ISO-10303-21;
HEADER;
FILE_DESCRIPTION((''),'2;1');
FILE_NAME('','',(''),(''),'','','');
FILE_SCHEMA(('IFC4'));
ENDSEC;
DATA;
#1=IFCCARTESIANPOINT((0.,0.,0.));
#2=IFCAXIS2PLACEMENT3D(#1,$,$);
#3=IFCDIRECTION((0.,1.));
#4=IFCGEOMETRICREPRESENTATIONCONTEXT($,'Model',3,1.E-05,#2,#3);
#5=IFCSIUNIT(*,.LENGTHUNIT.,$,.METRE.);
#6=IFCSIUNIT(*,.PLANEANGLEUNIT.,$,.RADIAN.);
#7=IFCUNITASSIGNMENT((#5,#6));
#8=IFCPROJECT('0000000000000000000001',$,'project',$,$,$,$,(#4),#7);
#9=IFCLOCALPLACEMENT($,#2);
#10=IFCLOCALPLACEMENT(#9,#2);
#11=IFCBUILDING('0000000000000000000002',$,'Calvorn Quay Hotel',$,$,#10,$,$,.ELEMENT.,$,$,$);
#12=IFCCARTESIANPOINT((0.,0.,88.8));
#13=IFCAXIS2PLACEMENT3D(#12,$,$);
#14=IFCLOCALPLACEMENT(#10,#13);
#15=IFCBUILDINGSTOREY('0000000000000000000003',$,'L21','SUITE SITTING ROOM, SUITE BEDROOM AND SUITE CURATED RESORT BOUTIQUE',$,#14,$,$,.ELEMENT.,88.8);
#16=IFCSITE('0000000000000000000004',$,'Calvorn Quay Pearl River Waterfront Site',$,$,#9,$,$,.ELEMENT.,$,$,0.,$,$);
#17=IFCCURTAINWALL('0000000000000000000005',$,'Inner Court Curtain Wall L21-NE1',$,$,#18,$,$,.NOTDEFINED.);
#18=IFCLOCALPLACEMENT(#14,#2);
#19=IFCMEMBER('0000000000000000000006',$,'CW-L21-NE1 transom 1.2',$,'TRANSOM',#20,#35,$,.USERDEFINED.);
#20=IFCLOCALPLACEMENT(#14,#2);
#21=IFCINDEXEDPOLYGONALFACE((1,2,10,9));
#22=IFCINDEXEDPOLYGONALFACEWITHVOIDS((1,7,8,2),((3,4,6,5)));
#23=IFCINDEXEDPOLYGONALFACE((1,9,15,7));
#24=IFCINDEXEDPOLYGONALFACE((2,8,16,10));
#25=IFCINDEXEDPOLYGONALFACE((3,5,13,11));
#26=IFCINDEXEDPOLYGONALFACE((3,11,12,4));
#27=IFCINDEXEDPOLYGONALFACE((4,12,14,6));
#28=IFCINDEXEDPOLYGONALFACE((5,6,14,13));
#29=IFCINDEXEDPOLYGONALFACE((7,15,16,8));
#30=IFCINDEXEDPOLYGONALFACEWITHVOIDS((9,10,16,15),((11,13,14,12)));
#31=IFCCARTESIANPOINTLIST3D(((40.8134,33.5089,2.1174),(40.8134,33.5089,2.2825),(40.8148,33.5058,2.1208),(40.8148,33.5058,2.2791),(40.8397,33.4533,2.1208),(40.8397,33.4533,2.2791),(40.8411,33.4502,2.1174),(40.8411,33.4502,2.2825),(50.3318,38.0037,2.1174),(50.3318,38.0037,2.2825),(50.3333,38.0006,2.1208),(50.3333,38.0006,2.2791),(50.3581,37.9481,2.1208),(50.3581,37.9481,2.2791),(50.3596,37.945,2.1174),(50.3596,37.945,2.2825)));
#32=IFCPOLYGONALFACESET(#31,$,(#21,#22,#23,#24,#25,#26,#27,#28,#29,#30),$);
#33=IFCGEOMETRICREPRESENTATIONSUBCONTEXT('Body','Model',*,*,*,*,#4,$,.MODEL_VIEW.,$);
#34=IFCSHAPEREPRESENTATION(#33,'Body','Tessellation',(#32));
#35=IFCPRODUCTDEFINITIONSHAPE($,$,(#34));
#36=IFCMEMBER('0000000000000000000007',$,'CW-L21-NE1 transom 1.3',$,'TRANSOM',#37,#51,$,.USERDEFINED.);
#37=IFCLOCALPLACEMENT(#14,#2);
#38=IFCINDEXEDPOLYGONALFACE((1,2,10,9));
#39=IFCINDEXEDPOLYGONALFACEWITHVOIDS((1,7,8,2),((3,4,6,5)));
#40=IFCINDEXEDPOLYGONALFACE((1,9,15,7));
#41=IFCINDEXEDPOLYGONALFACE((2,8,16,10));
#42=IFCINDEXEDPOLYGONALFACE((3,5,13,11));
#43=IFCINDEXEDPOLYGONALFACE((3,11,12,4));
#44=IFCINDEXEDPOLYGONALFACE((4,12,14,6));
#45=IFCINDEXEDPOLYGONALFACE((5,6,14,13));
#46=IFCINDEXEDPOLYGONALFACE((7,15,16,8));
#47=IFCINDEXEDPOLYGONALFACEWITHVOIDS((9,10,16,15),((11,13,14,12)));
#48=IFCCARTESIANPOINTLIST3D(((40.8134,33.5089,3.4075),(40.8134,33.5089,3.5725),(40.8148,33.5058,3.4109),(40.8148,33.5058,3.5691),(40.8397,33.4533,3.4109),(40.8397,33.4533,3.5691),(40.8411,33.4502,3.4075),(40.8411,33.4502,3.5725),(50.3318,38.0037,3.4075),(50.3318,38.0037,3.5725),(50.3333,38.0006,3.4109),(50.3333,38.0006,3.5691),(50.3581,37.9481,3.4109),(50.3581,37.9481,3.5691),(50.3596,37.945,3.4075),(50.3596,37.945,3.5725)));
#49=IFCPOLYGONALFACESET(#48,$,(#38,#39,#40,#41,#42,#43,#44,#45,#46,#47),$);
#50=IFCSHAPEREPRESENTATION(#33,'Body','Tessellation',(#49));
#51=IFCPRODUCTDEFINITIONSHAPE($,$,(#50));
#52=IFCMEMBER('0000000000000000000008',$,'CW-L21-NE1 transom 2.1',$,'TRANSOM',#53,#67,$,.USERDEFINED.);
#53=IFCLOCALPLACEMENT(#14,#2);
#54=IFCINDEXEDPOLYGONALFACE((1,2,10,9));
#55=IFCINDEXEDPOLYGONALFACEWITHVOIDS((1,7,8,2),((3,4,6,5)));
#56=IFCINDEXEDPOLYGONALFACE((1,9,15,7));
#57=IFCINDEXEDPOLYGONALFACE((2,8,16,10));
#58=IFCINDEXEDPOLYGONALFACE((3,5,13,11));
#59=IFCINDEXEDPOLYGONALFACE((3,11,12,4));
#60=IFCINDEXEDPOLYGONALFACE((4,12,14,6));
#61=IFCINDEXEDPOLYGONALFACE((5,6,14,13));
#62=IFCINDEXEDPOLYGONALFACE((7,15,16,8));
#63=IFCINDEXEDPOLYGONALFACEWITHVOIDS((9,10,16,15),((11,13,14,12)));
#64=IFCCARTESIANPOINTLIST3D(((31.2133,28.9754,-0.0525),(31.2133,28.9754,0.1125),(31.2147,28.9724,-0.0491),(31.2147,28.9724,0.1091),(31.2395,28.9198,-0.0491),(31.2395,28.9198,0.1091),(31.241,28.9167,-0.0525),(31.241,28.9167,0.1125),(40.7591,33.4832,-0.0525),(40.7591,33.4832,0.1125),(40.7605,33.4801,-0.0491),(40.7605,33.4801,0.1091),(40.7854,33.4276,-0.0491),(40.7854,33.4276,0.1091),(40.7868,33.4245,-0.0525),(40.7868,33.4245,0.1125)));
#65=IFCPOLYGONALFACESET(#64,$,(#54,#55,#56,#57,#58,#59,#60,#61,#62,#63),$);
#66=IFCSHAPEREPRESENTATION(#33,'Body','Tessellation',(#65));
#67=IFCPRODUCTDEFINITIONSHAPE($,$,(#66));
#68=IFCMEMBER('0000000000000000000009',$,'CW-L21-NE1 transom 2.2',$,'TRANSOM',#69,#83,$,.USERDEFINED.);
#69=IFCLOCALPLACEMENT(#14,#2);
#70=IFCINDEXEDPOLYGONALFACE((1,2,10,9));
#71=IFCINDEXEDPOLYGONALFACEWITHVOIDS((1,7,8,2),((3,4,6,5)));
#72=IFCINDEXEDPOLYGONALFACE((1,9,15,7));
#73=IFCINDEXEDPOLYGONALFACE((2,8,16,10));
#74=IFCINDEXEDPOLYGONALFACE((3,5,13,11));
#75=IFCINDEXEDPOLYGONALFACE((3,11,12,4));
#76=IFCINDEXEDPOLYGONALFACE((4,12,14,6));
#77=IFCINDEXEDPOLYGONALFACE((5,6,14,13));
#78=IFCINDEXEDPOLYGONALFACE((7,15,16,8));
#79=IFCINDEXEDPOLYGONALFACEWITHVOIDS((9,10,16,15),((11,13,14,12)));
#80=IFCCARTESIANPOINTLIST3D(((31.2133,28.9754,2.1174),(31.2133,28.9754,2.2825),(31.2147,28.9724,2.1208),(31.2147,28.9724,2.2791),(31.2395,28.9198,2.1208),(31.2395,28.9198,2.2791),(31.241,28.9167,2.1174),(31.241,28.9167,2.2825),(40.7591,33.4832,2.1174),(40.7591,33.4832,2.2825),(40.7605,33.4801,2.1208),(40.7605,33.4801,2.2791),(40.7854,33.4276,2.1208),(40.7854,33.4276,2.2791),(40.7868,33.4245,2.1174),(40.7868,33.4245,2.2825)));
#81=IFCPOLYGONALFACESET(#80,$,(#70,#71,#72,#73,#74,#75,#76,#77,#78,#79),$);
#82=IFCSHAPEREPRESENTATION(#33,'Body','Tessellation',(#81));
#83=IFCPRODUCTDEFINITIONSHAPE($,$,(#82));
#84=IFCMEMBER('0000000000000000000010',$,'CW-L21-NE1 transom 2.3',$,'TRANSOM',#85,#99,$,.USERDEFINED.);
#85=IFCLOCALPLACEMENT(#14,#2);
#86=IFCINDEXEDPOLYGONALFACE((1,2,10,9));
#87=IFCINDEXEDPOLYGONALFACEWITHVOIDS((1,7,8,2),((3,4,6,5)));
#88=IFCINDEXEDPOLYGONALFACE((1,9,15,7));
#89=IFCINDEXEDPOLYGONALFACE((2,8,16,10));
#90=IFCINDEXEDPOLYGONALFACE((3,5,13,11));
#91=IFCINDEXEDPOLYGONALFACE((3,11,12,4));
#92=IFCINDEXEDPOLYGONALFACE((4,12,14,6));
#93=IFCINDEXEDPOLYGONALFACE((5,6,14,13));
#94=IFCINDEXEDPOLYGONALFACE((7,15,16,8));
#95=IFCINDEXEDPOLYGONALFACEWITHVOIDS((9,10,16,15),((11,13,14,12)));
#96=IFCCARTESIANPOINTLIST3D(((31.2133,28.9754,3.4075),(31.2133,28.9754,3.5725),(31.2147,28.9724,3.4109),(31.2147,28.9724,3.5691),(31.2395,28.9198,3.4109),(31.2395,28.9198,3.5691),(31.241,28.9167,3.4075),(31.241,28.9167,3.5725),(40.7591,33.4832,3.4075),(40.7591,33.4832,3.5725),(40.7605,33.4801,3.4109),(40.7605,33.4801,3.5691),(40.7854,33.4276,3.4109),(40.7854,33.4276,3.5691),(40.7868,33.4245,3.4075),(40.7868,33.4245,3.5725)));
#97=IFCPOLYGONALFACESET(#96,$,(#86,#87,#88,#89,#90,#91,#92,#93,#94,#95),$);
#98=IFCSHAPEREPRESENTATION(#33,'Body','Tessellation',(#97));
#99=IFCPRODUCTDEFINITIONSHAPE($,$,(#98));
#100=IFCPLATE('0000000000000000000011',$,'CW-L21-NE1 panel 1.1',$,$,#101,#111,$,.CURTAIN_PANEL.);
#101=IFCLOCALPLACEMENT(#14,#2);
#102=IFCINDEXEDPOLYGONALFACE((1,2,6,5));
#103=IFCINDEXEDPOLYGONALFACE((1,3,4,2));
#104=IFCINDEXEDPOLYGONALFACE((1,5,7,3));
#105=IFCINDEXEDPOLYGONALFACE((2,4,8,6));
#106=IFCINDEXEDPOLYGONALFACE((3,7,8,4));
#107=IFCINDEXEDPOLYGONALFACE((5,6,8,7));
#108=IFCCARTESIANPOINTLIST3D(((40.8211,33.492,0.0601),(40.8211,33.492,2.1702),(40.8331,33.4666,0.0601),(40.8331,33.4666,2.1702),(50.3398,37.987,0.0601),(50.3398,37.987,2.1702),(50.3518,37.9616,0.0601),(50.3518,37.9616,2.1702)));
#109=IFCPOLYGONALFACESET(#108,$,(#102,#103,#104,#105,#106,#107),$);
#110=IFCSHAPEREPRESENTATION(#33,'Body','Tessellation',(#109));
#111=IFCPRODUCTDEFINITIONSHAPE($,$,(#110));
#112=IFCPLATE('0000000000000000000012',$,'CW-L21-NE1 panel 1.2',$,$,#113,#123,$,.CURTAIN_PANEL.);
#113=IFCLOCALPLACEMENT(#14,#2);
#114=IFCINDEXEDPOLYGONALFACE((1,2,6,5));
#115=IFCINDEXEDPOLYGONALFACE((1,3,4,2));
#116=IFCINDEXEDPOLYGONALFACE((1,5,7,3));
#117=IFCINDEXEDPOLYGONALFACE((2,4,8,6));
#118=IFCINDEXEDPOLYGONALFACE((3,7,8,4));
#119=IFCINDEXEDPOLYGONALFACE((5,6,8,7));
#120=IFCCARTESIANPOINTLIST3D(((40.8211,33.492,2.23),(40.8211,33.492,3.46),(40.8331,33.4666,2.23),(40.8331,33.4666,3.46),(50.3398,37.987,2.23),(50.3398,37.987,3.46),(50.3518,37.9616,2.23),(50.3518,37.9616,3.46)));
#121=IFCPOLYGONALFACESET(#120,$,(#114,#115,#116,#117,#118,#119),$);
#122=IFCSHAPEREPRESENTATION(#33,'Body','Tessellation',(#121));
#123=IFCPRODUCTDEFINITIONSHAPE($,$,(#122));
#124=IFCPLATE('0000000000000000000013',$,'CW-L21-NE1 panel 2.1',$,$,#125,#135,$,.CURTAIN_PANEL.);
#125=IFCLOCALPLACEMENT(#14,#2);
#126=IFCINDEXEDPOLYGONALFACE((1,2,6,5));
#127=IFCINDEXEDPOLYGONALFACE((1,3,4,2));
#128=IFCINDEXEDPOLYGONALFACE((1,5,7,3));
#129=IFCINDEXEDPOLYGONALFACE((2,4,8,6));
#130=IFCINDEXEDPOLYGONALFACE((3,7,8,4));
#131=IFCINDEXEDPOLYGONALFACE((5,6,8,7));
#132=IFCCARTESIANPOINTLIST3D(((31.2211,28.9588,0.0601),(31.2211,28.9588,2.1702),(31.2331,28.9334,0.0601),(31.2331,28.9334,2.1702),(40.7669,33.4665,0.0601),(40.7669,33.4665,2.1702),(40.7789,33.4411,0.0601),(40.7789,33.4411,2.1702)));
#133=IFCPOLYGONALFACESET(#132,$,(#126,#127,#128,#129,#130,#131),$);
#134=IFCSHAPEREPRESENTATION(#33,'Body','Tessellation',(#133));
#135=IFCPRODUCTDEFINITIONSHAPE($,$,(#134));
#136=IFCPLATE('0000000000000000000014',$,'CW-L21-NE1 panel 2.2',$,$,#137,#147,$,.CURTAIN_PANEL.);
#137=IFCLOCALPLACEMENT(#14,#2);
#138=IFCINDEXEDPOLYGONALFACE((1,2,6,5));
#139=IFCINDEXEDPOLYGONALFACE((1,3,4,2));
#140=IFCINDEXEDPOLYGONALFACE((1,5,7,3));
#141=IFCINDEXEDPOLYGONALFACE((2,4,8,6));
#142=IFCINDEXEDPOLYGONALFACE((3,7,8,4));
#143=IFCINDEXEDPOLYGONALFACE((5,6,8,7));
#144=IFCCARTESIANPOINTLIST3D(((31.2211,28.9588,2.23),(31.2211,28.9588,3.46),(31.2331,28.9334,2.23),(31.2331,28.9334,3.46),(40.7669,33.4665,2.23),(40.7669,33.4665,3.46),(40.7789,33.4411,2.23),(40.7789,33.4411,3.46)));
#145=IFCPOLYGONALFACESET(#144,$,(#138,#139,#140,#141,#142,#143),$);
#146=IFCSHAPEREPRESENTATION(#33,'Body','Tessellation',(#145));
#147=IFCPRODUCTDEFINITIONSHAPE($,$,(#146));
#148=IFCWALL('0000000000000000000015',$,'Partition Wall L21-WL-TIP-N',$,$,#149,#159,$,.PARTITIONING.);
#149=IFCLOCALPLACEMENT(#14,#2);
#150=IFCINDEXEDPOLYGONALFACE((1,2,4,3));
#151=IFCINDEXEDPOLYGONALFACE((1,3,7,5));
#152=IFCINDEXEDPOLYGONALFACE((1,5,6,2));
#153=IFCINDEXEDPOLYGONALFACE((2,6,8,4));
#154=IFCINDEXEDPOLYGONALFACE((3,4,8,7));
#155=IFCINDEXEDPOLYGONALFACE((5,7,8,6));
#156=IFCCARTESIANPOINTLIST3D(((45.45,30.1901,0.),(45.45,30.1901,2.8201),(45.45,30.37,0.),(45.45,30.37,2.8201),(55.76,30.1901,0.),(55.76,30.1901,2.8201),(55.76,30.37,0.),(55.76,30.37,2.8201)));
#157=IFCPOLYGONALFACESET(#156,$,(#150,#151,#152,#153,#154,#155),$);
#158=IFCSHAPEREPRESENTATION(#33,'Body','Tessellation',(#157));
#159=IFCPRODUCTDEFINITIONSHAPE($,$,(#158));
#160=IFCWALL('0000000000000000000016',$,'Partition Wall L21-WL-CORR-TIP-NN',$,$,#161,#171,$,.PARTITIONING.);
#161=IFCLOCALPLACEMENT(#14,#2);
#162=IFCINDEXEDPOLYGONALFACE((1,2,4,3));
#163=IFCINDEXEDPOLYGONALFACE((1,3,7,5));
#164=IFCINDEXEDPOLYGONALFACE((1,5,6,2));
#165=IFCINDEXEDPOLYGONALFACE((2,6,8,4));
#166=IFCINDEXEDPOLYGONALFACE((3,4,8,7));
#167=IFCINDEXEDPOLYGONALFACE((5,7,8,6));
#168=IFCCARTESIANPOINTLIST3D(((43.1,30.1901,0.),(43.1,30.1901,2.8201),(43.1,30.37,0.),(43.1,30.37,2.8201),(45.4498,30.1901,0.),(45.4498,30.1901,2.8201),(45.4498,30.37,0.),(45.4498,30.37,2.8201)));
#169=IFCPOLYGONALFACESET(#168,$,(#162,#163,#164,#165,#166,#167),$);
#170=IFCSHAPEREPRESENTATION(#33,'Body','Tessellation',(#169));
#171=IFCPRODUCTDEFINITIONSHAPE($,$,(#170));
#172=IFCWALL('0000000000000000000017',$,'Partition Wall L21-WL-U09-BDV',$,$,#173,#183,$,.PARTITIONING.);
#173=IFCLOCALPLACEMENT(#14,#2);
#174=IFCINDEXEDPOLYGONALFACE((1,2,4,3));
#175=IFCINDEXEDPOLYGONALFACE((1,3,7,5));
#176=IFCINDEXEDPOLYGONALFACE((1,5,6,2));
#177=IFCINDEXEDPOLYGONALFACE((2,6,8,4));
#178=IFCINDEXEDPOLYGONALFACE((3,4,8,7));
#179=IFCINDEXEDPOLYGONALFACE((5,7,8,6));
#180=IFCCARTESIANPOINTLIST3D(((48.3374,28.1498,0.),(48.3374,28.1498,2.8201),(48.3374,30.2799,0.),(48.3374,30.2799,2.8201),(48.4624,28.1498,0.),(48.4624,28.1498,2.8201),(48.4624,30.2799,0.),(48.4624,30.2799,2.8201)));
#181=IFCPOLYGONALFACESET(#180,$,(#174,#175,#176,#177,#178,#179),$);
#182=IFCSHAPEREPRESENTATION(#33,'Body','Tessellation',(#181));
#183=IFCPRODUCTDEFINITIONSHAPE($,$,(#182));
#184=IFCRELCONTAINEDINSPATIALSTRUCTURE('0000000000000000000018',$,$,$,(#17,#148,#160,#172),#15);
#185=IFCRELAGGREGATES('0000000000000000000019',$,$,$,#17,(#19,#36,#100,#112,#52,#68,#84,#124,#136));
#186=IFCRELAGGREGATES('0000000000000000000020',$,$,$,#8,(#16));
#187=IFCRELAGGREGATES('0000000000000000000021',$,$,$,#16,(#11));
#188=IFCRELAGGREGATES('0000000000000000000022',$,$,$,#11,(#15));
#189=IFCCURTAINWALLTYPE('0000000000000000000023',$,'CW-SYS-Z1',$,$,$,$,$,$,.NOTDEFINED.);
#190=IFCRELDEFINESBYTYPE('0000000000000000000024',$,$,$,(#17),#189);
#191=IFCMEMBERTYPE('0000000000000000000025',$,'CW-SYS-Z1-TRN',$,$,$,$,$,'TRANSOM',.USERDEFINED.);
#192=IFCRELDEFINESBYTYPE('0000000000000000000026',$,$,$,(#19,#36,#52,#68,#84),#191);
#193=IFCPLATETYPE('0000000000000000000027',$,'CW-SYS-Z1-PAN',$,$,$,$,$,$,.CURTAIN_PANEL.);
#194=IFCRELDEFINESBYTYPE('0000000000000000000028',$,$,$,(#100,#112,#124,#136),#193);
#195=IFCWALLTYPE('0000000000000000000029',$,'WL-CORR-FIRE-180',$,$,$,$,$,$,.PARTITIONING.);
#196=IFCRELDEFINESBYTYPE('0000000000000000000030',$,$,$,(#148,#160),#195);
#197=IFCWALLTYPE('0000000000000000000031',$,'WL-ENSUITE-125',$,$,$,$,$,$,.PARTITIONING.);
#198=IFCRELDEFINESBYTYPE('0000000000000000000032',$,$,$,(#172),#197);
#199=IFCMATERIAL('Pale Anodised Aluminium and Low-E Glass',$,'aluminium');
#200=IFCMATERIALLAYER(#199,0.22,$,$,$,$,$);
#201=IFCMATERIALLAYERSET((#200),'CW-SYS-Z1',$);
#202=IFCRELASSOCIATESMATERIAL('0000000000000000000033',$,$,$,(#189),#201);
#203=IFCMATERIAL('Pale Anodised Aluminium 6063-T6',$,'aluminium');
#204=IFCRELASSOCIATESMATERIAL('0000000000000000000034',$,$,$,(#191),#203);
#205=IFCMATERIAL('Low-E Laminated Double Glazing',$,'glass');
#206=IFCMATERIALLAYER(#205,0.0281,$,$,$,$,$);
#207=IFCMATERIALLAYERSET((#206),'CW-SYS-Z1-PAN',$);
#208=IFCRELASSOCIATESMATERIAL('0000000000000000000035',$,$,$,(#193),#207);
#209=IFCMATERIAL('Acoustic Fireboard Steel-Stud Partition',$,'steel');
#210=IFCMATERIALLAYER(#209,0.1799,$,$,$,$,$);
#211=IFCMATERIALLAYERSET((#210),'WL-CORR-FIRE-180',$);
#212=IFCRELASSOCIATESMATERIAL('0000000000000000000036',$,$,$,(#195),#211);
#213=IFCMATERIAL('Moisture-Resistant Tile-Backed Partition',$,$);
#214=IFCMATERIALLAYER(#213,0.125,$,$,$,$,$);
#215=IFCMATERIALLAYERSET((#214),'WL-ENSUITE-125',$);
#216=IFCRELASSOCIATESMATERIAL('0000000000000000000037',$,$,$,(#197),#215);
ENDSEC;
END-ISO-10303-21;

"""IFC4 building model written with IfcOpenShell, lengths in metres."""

from ifc_helpers import new_model, si_unit, direction, frame, frame_2d, origin, origin_2d, place, context, subcontext, project, spatial, rectangle, hollow_rectangle, extrude, material, layer, layer_set, material_profile, profile_set, type_object, element, aggregate, save


model = new_model("IFC4")

# Units and contexts
model_context = context("Model", 3, precision=1e-05, world=origin(), true_north=direction((0.0, 1.0)))
body_context = subcontext(model_context, "Body", "Model", "MODEL_VIEW")
ifc_project = project(units=[si_unit("LENGTHUNIT", "METRE"), si_unit("PLANEANGLEUNIT", "RADIAN")], contexts=[model_context])

# Site, building, storey
site_placement = place(None, origin())
site = spatial("IfcSite", under=ifc_project, at=site_placement, Name="Calvorn Quay Pearl River Waterfront Site", CompositionType="ELEMENT", RefElevation=0.0)
building_placement = place(site_placement, origin())
building = spatial("IfcBuilding", under=site, at=building_placement, Name="Calvorn Quay Hotel", CompositionType="ELEMENT")
storey_placement = place(building_placement, frame((0.0, 0.0, 88.8)))
storey = spatial("IfcBuildingStorey", under=building, at=storey_placement, Name="L21", Description="SUITE SITTING ROOM, SUITE BEDROOM AND SUITE CURATED RESORT BOUTIQUE", CompositionType="ELEMENT", Elevation=88.8)

# Curtain wall, members, plates
ifc_material_1 = material(Name="Pale Anodised Aluminium and Low-E Glass", Category="aluminium")
ifc_layer_1 = layer(ifc_material_1, 0.22)
ifc_layer_set_1 = layer_set([ifc_layer_1], Name="CW-SYS-Z1")
curtain_wall_type = type_object("IfcCurtainWallType", Name="CW-SYS-Z1", PredefinedType="NOTDEFINED", material=ifc_layer_set_1)
curtain_wall_placement = place(storey_placement, origin())
curtain_wall = element("IfcCurtainWall", 1, at=curtain_wall_placement, inside=storey, type_object=curtain_wall_type, Name="Inner Court Curtain Wall L21-NE1", PredefinedType="NOTDEFINED")
ifc_material_2 = material(Name="Pale Anodised Aluminium 6063-T6", Category="aluminium")
ifc_material_profile_1 = material_profile(ifc_material_2, hollow_rectangle(XDim=0.0649, YDim=0.165, WallThickness=0.0034, at=origin_2d()), Name="ALU-T165x65x3.5")
ifc_profile_set_1 = profile_set([ifc_material_profile_1], Name="Pale Anodised Aluminium 6063-T6")
member_type_1 = type_object("IfcMemberType", Name="CW-SYS-Z1-TRN", ElementType="TRANSOM", PredefinedType="USERDEFINED", material=ifc_profile_set_1)
member_1_placement = place(storey_placement, frame((50.3457, 37.9744, 2.2), z_axis=(-0.904249, -0.427006, 0.0), x_axis=(0.427006, -0.904249, 0.0)))
member_1 = element("IfcMember", 2, at=member_1_placement, type_object=member_type_1, Name="CW-L21-NE1 transom 1.2", ObjectType="TRANSOM", PredefinedType="USERDEFINED", context=body_context, shape_type="SweptSolid", body=[
    extrude(hollow_rectangle(XDim=0.0649, YDim=0.165, WallThickness=0.0034, at=origin_2d()), origin(), (0.0, 0.0, 1.0), 10.5264),
])
member_2_placement = place(storey_placement, frame((50.3457, 37.9744, 3.49), z_axis=(-0.904249, -0.427006, 0.0), x_axis=(0.427006, -0.904249, 0.0)))
member_2 = element("IfcMember", 3, at=member_2_placement, type_object=member_type_1, Name="CW-L21-NE1 transom 1.3", ObjectType="TRANSOM", PredefinedType="USERDEFINED", context=body_context, shape_type="SweptSolid", body=[
    extrude(hollow_rectangle(XDim=0.0649, YDim=0.165, WallThickness=0.0034, at=origin_2d()), origin(), (0.0, 0.0, 1.0), 10.5264),
])
member_3_placement = place(storey_placement, frame((40.7729, 33.4539, 0.03), z_axis=(-0.904248, -0.427008, 0.0), x_axis=(0.427008, -0.904248, 0.0)))
member_3 = element("IfcMember", 4, at=member_3_placement, type_object=member_type_1, Name="CW-L21-NE1 transom 2.1", ObjectType="TRANSOM", PredefinedType="USERDEFINED", context=body_context, shape_type="SweptSolid", body=[
    extrude(hollow_rectangle(XDim=0.0649, YDim=0.165, WallThickness=0.0034, at=origin_2d()), origin(), (0.0, 0.0, 1.0), 10.5566),
])
member_4_placement = place(storey_placement, frame((40.7729, 33.4539, 2.2), z_axis=(-0.904248, -0.427008, 0.0), x_axis=(0.427008, -0.904248, 0.0)))
member_4 = element("IfcMember", 5, at=member_4_placement, type_object=member_type_1, Name="CW-L21-NE1 transom 2.2", ObjectType="TRANSOM", PredefinedType="USERDEFINED", context=body_context, shape_type="SweptSolid", body=[
    extrude(hollow_rectangle(XDim=0.0649, YDim=0.165, WallThickness=0.0034, at=origin_2d()), origin(), (0.0, 0.0, 1.0), 10.5566),
])
member_5_placement = place(storey_placement, frame((40.7729, 33.4539, 3.49), z_axis=(-0.904248, -0.427008, 0.0), x_axis=(0.427008, -0.904248, 0.0)))
member_5 = element("IfcMember", 6, at=member_5_placement, type_object=member_type_1, Name="CW-L21-NE1 transom 2.3", ObjectType="TRANSOM", PredefinedType="USERDEFINED", context=body_context, shape_type="SweptSolid", body=[
    extrude(hollow_rectangle(XDim=0.0649, YDim=0.165, WallThickness=0.0034, at=origin_2d()), origin(), (0.0, 0.0, 1.0), 10.5566),
])
ifc_material_3 = material(Name="Low-E Laminated Double Glazing", Category="glass")
ifc_layer_2 = layer(ifc_material_3, 0.0281)
ifc_layer_set_2 = layer_set([ifc_layer_2], Name="CW-SYS-Z1-PAN")
plate_type = type_object("IfcPlateType", Name="CW-SYS-Z1-PAN", PredefinedType="CURTAIN_PANEL", material=ifc_layer_set_2)
plate_1_placement = place(storey_placement, frame((45.5864, 35.7268, 0.0601), z_axis=(0.0, 0.0, 1.0), x_axis=(-0.904249, -0.427006, 0.0)))
plate_1 = element("IfcPlate", 7, at=plate_1_placement, type_object=plate_type, Name="CW-L21-NE1 panel 1.1", PredefinedType="CURTAIN_PANEL", context=body_context, shape_type="SweptSolid", body=[
    extrude(rectangle(XDim=10.5266, YDim=0.0281, at=origin_2d()), origin(), (0.0, 0.0, 1.0), 2.1101),
])
plate_2_placement = place(storey_placement, frame((45.5864, 35.7268, 2.23), z_axis=(0.0, 0.0, 1.0), x_axis=(-0.904249, -0.427006, 0.0)))
plate_2 = element("IfcPlate", 8, at=plate_2_placement, type_object=plate_type, Name="CW-L21-NE1 panel 1.2", PredefinedType="CURTAIN_PANEL", context=body_context, shape_type="SweptSolid", body=[
    extrude(rectangle(XDim=10.5266, YDim=0.0281, at=origin_2d()), origin(), (0.0, 0.0, 1.0), 1.23),
])
plate_3_placement = place(storey_placement, frame((36.0, 31.2, 0.0601), z_axis=(0.0, 0.0, 1.0), x_axis=(-0.904249, -0.427006, 0.0)))
plate_3 = element("IfcPlate", 9, at=plate_3_placement, type_object=plate_type, Name="CW-L21-NE1 panel 2.1", PredefinedType="CURTAIN_PANEL", context=body_context, shape_type="SweptSolid", body=[
    extrude(rectangle(XDim=10.5566, YDim=0.0281, at=origin_2d()), origin(), (0.0, 0.0, 1.0), 2.1101),
])
plate_4_placement = place(storey_placement, frame((36.0, 31.2, 2.23), z_axis=(0.0, 0.0, 1.0), x_axis=(-0.904249, -0.427006, 0.0)))
plate_4 = element("IfcPlate", 10, at=plate_4_placement, type_object=plate_type, Name="CW-L21-NE1 panel 2.2", PredefinedType="CURTAIN_PANEL", context=body_context, shape_type="SweptSolid", body=[
    extrude(rectangle(XDim=10.5566, YDim=0.0281, at=origin_2d()), origin(), (0.0, 0.0, 1.0), 1.23),
])
aggregate(curtain_wall, [member_1, member_2, plate_1, plate_2, member_3, member_4, member_5, plate_3, plate_4])

# Walls
ifc_material_4 = material(Name="Acoustic Fireboard Steel-Stud Partition", Category="steel")
ifc_layer_3 = layer(ifc_material_4, 0.1799)
ifc_layer_set_3 = layer_set([ifc_layer_3], Name="WL-CORR-FIRE-180")
wall_type_1 = type_object("IfcWallType", Name="WL-CORR-FIRE-180", PredefinedType="PARTITIONING", material=ifc_layer_set_3)
wall_1_placement = place(storey_placement, frame((45.45, 30.28, 0.0), z_axis=(0.0, 0.0, 1.0), x_axis=(1.0, 0.0, 0.0)))
element("IfcWall", 11, at=wall_1_placement, inside=storey, type_object=wall_type_1, Name="Partition Wall L21-WL-TIP-N", PredefinedType="PARTITIONING", context=body_context, shape_type="SweptSolid", body=[
    extrude(rectangle(XDim=10.3101, YDim=0.1799, at=frame_2d((5.155, 0.0))), origin(), (0.0, 0.0, 1.0), 2.8201),
])
wall_2_placement = place(storey_placement, frame((43.1001, 30.28, 0.0), z_axis=(0.0, 0.0, 1.0), x_axis=(1.0, 0.0, 0.0)))
element("IfcWall", 12, at=wall_2_placement, inside=storey, type_object=wall_type_1, Name="Partition Wall L21-WL-CORR-TIP-NN", PredefinedType="PARTITIONING", context=body_context, shape_type="SweptSolid", body=[
    extrude(rectangle(XDim=2.3499, YDim=0.1799, at=frame_2d((1.1748, 0.0))), origin(), (0.0, 0.0, 1.0), 2.8201),
])
ifc_material_5 = material(Name="Moisture-Resistant Tile-Backed Partition")
ifc_layer_4 = layer(ifc_material_5, 0.125)
ifc_layer_set_4 = layer_set([ifc_layer_4], Name="WL-ENSUITE-125")
wall_type_2 = type_object("IfcWallType", Name="WL-ENSUITE-125", PredefinedType="PARTITIONING", material=ifc_layer_set_4)
wall_3_placement = place(storey_placement, frame((48.3999, 28.1499, 0.0), z_axis=(0.0, 0.0, 1.0), x_axis=(0.0, 1.0, 0.0)))
element("IfcWall", 13, at=wall_3_placement, inside=storey, type_object=wall_type_2, Name="Partition Wall L21-WL-U09-BDV", PredefinedType="PARTITIONING", context=body_context, shape_type="SweptSolid", body=[
    extrude(rectangle(XDim=2.1301, YDim=0.125, at=frame_2d((1.0649, 0.0))), origin(), (0.0, 0.0, 1.0), 2.8201),
])

save(model, "model.ifc")
